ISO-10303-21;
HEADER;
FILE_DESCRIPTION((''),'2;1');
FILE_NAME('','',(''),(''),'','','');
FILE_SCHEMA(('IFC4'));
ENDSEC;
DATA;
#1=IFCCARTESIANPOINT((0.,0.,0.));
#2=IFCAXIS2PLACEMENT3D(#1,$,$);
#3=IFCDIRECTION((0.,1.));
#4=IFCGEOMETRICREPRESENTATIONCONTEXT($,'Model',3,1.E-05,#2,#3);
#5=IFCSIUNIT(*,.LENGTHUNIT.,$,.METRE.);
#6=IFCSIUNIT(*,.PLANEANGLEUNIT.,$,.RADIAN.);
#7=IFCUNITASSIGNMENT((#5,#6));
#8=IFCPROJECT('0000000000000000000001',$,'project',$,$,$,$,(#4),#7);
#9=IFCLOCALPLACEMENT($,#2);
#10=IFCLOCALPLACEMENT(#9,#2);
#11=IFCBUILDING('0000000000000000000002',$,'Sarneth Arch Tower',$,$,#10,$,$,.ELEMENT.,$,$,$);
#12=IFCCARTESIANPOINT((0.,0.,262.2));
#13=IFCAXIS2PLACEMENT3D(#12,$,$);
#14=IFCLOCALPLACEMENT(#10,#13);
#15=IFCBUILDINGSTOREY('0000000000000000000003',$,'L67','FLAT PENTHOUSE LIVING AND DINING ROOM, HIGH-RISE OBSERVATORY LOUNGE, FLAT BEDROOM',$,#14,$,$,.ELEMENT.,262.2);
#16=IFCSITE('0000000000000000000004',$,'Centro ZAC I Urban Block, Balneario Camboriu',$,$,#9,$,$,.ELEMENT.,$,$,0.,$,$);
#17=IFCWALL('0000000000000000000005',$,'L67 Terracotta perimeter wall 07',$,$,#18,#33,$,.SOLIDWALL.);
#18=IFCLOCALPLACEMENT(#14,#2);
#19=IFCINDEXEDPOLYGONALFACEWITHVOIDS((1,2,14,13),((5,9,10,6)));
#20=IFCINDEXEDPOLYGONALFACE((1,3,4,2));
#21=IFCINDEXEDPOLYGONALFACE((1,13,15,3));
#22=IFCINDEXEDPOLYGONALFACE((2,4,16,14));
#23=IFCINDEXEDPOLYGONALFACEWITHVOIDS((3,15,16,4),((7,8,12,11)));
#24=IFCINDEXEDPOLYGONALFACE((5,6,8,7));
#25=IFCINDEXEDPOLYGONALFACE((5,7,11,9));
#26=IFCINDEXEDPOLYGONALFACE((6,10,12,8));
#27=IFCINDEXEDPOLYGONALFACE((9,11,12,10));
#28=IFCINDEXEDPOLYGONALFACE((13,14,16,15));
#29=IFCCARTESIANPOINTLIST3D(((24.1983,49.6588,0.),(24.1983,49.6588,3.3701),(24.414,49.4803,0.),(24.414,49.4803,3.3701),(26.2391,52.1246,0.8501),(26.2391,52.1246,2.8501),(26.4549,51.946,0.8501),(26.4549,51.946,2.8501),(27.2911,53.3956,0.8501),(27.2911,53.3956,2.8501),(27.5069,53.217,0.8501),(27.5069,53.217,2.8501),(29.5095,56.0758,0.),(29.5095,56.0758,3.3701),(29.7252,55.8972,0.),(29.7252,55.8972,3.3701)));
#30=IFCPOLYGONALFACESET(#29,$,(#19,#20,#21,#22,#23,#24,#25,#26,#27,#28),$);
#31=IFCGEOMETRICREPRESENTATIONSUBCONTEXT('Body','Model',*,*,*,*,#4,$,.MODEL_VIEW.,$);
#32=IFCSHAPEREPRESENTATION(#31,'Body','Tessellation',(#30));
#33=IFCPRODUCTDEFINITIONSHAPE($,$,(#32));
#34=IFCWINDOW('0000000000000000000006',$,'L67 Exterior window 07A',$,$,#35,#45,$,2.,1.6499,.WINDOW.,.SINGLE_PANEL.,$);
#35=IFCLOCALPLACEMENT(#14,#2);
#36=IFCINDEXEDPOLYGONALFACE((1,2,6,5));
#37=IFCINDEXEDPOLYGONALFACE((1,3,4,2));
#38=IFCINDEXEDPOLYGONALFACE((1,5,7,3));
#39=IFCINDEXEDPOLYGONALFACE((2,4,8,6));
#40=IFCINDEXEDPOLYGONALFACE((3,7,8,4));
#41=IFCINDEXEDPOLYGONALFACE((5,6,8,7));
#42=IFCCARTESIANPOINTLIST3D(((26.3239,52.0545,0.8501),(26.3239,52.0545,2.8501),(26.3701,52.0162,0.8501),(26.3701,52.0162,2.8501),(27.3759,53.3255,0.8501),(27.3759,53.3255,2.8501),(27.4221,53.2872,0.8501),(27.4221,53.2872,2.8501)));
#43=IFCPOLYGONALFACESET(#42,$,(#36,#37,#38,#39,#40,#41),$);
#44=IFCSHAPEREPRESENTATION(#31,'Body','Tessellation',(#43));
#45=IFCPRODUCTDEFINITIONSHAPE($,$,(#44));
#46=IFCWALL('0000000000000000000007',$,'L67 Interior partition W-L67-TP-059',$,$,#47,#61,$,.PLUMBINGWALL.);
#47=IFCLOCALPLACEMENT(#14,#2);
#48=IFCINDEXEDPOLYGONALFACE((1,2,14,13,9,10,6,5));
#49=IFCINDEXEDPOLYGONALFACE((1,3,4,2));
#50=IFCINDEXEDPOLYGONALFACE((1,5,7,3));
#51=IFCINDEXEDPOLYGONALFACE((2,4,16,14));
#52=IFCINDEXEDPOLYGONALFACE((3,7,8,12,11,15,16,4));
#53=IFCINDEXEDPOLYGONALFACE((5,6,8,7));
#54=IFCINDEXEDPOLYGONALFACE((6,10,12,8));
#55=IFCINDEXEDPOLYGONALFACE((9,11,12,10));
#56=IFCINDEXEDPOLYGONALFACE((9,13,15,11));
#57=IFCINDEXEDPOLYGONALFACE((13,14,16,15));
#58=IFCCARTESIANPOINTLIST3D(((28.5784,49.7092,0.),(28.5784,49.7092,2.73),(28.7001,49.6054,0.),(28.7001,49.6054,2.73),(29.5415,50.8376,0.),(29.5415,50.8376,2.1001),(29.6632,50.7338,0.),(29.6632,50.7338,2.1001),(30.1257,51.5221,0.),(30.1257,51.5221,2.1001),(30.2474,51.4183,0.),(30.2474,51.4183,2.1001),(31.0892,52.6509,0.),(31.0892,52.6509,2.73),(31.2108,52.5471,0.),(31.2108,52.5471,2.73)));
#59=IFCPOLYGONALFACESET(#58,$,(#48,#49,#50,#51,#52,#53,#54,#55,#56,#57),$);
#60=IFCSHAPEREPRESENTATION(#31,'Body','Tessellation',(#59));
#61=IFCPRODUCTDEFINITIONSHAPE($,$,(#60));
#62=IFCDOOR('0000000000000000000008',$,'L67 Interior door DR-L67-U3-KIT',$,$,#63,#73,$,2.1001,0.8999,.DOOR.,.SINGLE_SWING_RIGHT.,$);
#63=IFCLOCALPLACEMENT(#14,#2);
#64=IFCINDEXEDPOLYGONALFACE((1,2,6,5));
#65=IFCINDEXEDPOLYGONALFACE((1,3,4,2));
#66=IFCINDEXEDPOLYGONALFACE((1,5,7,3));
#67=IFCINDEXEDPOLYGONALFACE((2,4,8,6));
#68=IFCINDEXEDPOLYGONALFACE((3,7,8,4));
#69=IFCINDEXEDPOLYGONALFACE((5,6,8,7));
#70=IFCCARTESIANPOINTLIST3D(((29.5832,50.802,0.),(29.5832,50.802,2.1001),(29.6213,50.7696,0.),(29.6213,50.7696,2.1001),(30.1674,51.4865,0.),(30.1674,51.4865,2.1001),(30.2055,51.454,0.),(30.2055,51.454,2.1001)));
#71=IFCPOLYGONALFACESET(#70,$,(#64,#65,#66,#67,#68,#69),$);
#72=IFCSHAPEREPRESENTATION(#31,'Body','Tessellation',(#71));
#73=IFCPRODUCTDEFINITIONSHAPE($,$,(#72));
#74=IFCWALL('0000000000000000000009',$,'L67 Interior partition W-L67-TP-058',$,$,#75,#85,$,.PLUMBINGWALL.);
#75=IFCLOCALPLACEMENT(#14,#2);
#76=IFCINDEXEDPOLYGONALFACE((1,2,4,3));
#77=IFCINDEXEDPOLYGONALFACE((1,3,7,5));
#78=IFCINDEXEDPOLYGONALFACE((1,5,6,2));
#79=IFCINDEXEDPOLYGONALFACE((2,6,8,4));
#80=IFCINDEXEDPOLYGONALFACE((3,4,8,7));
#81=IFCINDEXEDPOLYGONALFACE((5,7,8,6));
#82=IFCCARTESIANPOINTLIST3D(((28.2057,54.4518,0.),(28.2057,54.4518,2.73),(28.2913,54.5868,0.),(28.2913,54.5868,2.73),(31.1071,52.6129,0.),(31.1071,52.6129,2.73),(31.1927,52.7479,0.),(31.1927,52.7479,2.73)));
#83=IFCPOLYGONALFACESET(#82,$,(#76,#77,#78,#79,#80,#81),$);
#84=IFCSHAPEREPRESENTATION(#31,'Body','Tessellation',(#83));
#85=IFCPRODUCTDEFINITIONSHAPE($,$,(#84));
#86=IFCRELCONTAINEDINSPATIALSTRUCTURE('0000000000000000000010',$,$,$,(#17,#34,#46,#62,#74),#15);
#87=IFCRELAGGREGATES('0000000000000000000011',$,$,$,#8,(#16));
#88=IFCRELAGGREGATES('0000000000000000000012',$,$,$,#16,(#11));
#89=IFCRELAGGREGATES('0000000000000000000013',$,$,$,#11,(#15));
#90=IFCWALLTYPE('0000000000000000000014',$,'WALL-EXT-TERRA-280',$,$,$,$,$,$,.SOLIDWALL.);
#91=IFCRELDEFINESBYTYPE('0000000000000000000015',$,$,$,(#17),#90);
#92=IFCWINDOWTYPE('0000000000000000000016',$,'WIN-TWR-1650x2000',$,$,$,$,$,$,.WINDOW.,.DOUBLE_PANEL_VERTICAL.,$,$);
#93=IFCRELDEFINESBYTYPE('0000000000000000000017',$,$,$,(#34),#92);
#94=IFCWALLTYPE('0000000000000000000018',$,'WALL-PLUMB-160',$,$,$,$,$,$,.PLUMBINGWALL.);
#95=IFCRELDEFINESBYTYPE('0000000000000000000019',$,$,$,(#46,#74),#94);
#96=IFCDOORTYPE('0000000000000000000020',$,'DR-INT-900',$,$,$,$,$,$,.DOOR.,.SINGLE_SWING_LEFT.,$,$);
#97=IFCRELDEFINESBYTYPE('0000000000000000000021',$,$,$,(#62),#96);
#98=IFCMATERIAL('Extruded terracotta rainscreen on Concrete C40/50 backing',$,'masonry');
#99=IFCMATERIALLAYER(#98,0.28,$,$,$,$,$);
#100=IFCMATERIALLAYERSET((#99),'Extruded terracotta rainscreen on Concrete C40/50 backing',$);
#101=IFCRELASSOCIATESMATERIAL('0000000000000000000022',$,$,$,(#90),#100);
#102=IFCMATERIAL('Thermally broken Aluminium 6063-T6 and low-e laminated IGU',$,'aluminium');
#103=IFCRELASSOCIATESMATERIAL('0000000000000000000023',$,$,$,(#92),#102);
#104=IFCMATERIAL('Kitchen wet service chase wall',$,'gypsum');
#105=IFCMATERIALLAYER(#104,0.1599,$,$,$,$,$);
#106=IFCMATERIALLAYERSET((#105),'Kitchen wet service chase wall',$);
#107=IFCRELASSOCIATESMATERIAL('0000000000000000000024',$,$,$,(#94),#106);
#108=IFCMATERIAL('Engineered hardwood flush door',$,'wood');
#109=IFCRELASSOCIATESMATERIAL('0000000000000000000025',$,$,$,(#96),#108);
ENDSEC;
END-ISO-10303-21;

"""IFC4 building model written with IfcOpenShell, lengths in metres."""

from ifc_helpers import new_model, si_unit, direction, frame, frame_2d, origin, place, context, subcontext, project, spatial, rectangle, extrude, material, layer, layer_set, type_object, element, fill, save


model = new_model("IFC4")

# Units and contexts
model_context = context("Model", 3, precision=1e-05, world=origin(), true_north=direction((0.0, 1.0)))
body_context = subcontext(model_context, "Body", "Model", "MODEL_VIEW")
ifc_project = project(units=[si_unit("LENGTHUNIT", "METRE"), si_unit("PLANEANGLEUNIT", "RADIAN")], contexts=[model_context])

# Site, building, storey
site_placement = place(None, origin())
site = spatial("IfcSite", under=ifc_project, at=site_placement, Name="Centro ZAC I Urban Block, Balneario Camboriu", CompositionType="ELEMENT", RefElevation=0.0)
building_placement = place(site_placement, origin())
building = spatial("IfcBuilding", under=site, at=building_placement, Name="Sarneth Arch Tower", CompositionType="ELEMENT")
storey_placement = place(building_placement, frame((0.0, 0.0, 262.2)))
storey = spatial("IfcBuildingStorey", under=building, at=storey_placement, Name="L67", Description="FLAT PENTHOUSE LIVING AND DINING ROOM, HIGH-RISE OBSERVATORY LOUNGE, FLAT BEDROOM", CompositionType="ELEMENT", Elevation=262.2)

# Wall, opening, window
ifc_material_1 = material(Name="Extruded terracotta rainscreen on Concrete C40/50 backing", Category="masonry")
ifc_layer_1 = layer(ifc_material_1, 0.28)
ifc_layer_set_1 = layer_set([ifc_layer_1], Name="Extruded terracotta rainscreen on Concrete C40/50 backing")
wall_type_1 = type_object("IfcWallType", Name="WALL-EXT-TERRA-280", PredefinedType="SOLIDWALL", material=ifc_layer_set_1)
wall_1_placement = place(storey_placement, frame((29.6174, 55.9866, 0.0), z_axis=(0.0, 0.0, 1.0), x_axis=(-0.637615, -0.770355, 0.0)))
wall_1 = element("IfcWall", 1, at=wall_1_placement, inside=storey, type_object=wall_type_1, Name="L67 Terracotta perimeter wall 07", PredefinedType="SOLIDWALL", context=body_context, shape_type="SweptSolid", body=[
    extrude(rectangle(XDim=8.3298, YDim=0.28, at=frame_2d((4.165, 0.0))), origin(), (0.0, 0.0, 1.0), 3.3701),
])
opening_1_placement = place(wall_1_placement, frame((3.4792, 0.0, 0.8501)))
opening_1 = element("IfcOpeningElement", 2, at=opening_1_placement, cuts=wall_1, PredefinedType="OPENING", context=body_context, shape_type="SweptSolid", body=[
    extrude(rectangle(XDim=1.6499, YDim=2.0, at=frame_2d((0.825, 1.0))), frame((0.0, 0.1499, 0.0), z_axis=(0.0, -1.0, 0.0), x_axis=(1.0, 0.0, 0.0)), (0.0, 0.0, 1.0), 0.3),
])
ifc_material_2 = material(Name="Thermally broken Aluminium 6063-T6 and low-e laminated IGU", Category="aluminium")
window_type = type_object("IfcWindowType", Name="WIN-TWR-1650x2000", PartitioningType="DOUBLE_PANEL_VERTICAL", PredefinedType="WINDOW", material=ifc_material_2)
window_placement = place(opening_1_placement, origin())
window = element("IfcWindow", 3, at=window_placement, inside=storey, type_object=window_type, Name="L67 Exterior window 07A", OverallHeight=2.0, OverallWidth=1.6499, PartitioningType="SINGLE_PANEL", PredefinedType="WINDOW", context=body_context, shape_type="SweptSolid", body=[
    extrude(rectangle(XDim=1.6499, YDim=2.0, at=frame_2d((0.825, 1.0))), frame((0.0, 0.03, 0.0), z_axis=(0.0, -1.0, 0.0), x_axis=(1.0, 0.0, 0.0)), (0.0, 0.0, 1.0), 0.0601),
])
fill(opening_1, window)

# Wall, opening, door
ifc_material_3 = material(Name="Kitchen wet service chase wall", Category="gypsum")
ifc_layer_2 = layer(ifc_material_3, 0.1599)
ifc_layer_set_2 = layer_set([ifc_layer_2], Name="Kitchen wet service chase wall")
wall_type_2 = type_object("IfcWallType", Name="WALL-PLUMB-160", PredefinedType="PLUMBINGWALL", material=ifc_layer_set_2)
wall_2_placement = place(storey_placement, frame((31.1499, 52.5989, 0.0), z_axis=(0.0, 0.0, 1.0), x_axis=(-0.649199, -0.760618, 0.0)))
wall_2 = element("IfcWall", 4, at=wall_2_placement, inside=storey, type_object=wall_type_2, Name="L67 Interior partition W-L67-TP-059", PredefinedType="PLUMBINGWALL", context=body_context, shape_type="SweptSolid", body=[
    extrude(rectangle(XDim=3.8674, YDim=0.1599, at=frame_2d((1.9336, 0.0))), origin(), (0.0, 0.0, 1.0), 2.73),
])
opening_2_placement = place(wall_2_placement, frame((1.4839, 0.0, 0.0)))
opening_2 = element("IfcOpeningElement", 5, at=opening_2_placement, cuts=wall_2, PredefinedType="OPENING", context=body_context, shape_type="SweptSolid", body=[
    extrude(rectangle(XDim=0.8999, YDim=2.1001, at=frame_2d((0.45, 1.05))), frame((0.0, 0.0898, 0.0), z_axis=(0.0, -1.0, 0.0), x_axis=(1.0, 0.0, 0.0)), (0.0, 0.0, 1.0), 0.1799),
])
ifc_material_4 = material(Name="Engineered hardwood flush door", Category="wood")
door_type = type_object("IfcDoorType", Name="DR-INT-900", OperationType="SINGLE_SWING_LEFT", PredefinedType="DOOR", material=ifc_material_4)
door_placement = place(opening_2_placement, origin())
door = element("IfcDoor", 6, at=door_placement, inside=storey, type_object=door_type, Name="L67 Interior door DR-L67-U3-KIT", OperationType="SINGLE_SWING_RIGHT", OverallHeight=2.1001, OverallWidth=0.8999, PredefinedType="DOOR", context=body_context, shape_type="SweptSolid", body=[
    extrude(rectangle(XDim=0.8999, YDim=2.1001, at=frame_2d((0.45, 1.05))), frame((0.0, 0.0249, 0.0), z_axis=(0.0, -1.0, 0.0), x_axis=(1.0, 0.0, 0.0)), (0.0, 0.0, 1.0), 0.05),
])
fill(opening_2, door)

# Wall
wall_3_placement = place(storey_placement, frame((28.2485, 54.5193, 0.0), z_axis=(0.0, 0.0, 1.0), x_axis=(0.844643, -0.535329, 0.0)))
element("IfcWall", 7, at=wall_3_placement, inside=storey, type_object=wall_type_2, Name="L67 Interior partition W-L67-TP-058", PredefinedType="PLUMBINGWALL", context=body_context, shape_type="SweptSolid", body=[
    extrude(rectangle(XDim=3.4351, YDim=0.1599, at=frame_2d((1.7175, 0.0))), origin(), (0.0, 0.0, 1.0), 2.73),
])

save(model, "model.ifc")
